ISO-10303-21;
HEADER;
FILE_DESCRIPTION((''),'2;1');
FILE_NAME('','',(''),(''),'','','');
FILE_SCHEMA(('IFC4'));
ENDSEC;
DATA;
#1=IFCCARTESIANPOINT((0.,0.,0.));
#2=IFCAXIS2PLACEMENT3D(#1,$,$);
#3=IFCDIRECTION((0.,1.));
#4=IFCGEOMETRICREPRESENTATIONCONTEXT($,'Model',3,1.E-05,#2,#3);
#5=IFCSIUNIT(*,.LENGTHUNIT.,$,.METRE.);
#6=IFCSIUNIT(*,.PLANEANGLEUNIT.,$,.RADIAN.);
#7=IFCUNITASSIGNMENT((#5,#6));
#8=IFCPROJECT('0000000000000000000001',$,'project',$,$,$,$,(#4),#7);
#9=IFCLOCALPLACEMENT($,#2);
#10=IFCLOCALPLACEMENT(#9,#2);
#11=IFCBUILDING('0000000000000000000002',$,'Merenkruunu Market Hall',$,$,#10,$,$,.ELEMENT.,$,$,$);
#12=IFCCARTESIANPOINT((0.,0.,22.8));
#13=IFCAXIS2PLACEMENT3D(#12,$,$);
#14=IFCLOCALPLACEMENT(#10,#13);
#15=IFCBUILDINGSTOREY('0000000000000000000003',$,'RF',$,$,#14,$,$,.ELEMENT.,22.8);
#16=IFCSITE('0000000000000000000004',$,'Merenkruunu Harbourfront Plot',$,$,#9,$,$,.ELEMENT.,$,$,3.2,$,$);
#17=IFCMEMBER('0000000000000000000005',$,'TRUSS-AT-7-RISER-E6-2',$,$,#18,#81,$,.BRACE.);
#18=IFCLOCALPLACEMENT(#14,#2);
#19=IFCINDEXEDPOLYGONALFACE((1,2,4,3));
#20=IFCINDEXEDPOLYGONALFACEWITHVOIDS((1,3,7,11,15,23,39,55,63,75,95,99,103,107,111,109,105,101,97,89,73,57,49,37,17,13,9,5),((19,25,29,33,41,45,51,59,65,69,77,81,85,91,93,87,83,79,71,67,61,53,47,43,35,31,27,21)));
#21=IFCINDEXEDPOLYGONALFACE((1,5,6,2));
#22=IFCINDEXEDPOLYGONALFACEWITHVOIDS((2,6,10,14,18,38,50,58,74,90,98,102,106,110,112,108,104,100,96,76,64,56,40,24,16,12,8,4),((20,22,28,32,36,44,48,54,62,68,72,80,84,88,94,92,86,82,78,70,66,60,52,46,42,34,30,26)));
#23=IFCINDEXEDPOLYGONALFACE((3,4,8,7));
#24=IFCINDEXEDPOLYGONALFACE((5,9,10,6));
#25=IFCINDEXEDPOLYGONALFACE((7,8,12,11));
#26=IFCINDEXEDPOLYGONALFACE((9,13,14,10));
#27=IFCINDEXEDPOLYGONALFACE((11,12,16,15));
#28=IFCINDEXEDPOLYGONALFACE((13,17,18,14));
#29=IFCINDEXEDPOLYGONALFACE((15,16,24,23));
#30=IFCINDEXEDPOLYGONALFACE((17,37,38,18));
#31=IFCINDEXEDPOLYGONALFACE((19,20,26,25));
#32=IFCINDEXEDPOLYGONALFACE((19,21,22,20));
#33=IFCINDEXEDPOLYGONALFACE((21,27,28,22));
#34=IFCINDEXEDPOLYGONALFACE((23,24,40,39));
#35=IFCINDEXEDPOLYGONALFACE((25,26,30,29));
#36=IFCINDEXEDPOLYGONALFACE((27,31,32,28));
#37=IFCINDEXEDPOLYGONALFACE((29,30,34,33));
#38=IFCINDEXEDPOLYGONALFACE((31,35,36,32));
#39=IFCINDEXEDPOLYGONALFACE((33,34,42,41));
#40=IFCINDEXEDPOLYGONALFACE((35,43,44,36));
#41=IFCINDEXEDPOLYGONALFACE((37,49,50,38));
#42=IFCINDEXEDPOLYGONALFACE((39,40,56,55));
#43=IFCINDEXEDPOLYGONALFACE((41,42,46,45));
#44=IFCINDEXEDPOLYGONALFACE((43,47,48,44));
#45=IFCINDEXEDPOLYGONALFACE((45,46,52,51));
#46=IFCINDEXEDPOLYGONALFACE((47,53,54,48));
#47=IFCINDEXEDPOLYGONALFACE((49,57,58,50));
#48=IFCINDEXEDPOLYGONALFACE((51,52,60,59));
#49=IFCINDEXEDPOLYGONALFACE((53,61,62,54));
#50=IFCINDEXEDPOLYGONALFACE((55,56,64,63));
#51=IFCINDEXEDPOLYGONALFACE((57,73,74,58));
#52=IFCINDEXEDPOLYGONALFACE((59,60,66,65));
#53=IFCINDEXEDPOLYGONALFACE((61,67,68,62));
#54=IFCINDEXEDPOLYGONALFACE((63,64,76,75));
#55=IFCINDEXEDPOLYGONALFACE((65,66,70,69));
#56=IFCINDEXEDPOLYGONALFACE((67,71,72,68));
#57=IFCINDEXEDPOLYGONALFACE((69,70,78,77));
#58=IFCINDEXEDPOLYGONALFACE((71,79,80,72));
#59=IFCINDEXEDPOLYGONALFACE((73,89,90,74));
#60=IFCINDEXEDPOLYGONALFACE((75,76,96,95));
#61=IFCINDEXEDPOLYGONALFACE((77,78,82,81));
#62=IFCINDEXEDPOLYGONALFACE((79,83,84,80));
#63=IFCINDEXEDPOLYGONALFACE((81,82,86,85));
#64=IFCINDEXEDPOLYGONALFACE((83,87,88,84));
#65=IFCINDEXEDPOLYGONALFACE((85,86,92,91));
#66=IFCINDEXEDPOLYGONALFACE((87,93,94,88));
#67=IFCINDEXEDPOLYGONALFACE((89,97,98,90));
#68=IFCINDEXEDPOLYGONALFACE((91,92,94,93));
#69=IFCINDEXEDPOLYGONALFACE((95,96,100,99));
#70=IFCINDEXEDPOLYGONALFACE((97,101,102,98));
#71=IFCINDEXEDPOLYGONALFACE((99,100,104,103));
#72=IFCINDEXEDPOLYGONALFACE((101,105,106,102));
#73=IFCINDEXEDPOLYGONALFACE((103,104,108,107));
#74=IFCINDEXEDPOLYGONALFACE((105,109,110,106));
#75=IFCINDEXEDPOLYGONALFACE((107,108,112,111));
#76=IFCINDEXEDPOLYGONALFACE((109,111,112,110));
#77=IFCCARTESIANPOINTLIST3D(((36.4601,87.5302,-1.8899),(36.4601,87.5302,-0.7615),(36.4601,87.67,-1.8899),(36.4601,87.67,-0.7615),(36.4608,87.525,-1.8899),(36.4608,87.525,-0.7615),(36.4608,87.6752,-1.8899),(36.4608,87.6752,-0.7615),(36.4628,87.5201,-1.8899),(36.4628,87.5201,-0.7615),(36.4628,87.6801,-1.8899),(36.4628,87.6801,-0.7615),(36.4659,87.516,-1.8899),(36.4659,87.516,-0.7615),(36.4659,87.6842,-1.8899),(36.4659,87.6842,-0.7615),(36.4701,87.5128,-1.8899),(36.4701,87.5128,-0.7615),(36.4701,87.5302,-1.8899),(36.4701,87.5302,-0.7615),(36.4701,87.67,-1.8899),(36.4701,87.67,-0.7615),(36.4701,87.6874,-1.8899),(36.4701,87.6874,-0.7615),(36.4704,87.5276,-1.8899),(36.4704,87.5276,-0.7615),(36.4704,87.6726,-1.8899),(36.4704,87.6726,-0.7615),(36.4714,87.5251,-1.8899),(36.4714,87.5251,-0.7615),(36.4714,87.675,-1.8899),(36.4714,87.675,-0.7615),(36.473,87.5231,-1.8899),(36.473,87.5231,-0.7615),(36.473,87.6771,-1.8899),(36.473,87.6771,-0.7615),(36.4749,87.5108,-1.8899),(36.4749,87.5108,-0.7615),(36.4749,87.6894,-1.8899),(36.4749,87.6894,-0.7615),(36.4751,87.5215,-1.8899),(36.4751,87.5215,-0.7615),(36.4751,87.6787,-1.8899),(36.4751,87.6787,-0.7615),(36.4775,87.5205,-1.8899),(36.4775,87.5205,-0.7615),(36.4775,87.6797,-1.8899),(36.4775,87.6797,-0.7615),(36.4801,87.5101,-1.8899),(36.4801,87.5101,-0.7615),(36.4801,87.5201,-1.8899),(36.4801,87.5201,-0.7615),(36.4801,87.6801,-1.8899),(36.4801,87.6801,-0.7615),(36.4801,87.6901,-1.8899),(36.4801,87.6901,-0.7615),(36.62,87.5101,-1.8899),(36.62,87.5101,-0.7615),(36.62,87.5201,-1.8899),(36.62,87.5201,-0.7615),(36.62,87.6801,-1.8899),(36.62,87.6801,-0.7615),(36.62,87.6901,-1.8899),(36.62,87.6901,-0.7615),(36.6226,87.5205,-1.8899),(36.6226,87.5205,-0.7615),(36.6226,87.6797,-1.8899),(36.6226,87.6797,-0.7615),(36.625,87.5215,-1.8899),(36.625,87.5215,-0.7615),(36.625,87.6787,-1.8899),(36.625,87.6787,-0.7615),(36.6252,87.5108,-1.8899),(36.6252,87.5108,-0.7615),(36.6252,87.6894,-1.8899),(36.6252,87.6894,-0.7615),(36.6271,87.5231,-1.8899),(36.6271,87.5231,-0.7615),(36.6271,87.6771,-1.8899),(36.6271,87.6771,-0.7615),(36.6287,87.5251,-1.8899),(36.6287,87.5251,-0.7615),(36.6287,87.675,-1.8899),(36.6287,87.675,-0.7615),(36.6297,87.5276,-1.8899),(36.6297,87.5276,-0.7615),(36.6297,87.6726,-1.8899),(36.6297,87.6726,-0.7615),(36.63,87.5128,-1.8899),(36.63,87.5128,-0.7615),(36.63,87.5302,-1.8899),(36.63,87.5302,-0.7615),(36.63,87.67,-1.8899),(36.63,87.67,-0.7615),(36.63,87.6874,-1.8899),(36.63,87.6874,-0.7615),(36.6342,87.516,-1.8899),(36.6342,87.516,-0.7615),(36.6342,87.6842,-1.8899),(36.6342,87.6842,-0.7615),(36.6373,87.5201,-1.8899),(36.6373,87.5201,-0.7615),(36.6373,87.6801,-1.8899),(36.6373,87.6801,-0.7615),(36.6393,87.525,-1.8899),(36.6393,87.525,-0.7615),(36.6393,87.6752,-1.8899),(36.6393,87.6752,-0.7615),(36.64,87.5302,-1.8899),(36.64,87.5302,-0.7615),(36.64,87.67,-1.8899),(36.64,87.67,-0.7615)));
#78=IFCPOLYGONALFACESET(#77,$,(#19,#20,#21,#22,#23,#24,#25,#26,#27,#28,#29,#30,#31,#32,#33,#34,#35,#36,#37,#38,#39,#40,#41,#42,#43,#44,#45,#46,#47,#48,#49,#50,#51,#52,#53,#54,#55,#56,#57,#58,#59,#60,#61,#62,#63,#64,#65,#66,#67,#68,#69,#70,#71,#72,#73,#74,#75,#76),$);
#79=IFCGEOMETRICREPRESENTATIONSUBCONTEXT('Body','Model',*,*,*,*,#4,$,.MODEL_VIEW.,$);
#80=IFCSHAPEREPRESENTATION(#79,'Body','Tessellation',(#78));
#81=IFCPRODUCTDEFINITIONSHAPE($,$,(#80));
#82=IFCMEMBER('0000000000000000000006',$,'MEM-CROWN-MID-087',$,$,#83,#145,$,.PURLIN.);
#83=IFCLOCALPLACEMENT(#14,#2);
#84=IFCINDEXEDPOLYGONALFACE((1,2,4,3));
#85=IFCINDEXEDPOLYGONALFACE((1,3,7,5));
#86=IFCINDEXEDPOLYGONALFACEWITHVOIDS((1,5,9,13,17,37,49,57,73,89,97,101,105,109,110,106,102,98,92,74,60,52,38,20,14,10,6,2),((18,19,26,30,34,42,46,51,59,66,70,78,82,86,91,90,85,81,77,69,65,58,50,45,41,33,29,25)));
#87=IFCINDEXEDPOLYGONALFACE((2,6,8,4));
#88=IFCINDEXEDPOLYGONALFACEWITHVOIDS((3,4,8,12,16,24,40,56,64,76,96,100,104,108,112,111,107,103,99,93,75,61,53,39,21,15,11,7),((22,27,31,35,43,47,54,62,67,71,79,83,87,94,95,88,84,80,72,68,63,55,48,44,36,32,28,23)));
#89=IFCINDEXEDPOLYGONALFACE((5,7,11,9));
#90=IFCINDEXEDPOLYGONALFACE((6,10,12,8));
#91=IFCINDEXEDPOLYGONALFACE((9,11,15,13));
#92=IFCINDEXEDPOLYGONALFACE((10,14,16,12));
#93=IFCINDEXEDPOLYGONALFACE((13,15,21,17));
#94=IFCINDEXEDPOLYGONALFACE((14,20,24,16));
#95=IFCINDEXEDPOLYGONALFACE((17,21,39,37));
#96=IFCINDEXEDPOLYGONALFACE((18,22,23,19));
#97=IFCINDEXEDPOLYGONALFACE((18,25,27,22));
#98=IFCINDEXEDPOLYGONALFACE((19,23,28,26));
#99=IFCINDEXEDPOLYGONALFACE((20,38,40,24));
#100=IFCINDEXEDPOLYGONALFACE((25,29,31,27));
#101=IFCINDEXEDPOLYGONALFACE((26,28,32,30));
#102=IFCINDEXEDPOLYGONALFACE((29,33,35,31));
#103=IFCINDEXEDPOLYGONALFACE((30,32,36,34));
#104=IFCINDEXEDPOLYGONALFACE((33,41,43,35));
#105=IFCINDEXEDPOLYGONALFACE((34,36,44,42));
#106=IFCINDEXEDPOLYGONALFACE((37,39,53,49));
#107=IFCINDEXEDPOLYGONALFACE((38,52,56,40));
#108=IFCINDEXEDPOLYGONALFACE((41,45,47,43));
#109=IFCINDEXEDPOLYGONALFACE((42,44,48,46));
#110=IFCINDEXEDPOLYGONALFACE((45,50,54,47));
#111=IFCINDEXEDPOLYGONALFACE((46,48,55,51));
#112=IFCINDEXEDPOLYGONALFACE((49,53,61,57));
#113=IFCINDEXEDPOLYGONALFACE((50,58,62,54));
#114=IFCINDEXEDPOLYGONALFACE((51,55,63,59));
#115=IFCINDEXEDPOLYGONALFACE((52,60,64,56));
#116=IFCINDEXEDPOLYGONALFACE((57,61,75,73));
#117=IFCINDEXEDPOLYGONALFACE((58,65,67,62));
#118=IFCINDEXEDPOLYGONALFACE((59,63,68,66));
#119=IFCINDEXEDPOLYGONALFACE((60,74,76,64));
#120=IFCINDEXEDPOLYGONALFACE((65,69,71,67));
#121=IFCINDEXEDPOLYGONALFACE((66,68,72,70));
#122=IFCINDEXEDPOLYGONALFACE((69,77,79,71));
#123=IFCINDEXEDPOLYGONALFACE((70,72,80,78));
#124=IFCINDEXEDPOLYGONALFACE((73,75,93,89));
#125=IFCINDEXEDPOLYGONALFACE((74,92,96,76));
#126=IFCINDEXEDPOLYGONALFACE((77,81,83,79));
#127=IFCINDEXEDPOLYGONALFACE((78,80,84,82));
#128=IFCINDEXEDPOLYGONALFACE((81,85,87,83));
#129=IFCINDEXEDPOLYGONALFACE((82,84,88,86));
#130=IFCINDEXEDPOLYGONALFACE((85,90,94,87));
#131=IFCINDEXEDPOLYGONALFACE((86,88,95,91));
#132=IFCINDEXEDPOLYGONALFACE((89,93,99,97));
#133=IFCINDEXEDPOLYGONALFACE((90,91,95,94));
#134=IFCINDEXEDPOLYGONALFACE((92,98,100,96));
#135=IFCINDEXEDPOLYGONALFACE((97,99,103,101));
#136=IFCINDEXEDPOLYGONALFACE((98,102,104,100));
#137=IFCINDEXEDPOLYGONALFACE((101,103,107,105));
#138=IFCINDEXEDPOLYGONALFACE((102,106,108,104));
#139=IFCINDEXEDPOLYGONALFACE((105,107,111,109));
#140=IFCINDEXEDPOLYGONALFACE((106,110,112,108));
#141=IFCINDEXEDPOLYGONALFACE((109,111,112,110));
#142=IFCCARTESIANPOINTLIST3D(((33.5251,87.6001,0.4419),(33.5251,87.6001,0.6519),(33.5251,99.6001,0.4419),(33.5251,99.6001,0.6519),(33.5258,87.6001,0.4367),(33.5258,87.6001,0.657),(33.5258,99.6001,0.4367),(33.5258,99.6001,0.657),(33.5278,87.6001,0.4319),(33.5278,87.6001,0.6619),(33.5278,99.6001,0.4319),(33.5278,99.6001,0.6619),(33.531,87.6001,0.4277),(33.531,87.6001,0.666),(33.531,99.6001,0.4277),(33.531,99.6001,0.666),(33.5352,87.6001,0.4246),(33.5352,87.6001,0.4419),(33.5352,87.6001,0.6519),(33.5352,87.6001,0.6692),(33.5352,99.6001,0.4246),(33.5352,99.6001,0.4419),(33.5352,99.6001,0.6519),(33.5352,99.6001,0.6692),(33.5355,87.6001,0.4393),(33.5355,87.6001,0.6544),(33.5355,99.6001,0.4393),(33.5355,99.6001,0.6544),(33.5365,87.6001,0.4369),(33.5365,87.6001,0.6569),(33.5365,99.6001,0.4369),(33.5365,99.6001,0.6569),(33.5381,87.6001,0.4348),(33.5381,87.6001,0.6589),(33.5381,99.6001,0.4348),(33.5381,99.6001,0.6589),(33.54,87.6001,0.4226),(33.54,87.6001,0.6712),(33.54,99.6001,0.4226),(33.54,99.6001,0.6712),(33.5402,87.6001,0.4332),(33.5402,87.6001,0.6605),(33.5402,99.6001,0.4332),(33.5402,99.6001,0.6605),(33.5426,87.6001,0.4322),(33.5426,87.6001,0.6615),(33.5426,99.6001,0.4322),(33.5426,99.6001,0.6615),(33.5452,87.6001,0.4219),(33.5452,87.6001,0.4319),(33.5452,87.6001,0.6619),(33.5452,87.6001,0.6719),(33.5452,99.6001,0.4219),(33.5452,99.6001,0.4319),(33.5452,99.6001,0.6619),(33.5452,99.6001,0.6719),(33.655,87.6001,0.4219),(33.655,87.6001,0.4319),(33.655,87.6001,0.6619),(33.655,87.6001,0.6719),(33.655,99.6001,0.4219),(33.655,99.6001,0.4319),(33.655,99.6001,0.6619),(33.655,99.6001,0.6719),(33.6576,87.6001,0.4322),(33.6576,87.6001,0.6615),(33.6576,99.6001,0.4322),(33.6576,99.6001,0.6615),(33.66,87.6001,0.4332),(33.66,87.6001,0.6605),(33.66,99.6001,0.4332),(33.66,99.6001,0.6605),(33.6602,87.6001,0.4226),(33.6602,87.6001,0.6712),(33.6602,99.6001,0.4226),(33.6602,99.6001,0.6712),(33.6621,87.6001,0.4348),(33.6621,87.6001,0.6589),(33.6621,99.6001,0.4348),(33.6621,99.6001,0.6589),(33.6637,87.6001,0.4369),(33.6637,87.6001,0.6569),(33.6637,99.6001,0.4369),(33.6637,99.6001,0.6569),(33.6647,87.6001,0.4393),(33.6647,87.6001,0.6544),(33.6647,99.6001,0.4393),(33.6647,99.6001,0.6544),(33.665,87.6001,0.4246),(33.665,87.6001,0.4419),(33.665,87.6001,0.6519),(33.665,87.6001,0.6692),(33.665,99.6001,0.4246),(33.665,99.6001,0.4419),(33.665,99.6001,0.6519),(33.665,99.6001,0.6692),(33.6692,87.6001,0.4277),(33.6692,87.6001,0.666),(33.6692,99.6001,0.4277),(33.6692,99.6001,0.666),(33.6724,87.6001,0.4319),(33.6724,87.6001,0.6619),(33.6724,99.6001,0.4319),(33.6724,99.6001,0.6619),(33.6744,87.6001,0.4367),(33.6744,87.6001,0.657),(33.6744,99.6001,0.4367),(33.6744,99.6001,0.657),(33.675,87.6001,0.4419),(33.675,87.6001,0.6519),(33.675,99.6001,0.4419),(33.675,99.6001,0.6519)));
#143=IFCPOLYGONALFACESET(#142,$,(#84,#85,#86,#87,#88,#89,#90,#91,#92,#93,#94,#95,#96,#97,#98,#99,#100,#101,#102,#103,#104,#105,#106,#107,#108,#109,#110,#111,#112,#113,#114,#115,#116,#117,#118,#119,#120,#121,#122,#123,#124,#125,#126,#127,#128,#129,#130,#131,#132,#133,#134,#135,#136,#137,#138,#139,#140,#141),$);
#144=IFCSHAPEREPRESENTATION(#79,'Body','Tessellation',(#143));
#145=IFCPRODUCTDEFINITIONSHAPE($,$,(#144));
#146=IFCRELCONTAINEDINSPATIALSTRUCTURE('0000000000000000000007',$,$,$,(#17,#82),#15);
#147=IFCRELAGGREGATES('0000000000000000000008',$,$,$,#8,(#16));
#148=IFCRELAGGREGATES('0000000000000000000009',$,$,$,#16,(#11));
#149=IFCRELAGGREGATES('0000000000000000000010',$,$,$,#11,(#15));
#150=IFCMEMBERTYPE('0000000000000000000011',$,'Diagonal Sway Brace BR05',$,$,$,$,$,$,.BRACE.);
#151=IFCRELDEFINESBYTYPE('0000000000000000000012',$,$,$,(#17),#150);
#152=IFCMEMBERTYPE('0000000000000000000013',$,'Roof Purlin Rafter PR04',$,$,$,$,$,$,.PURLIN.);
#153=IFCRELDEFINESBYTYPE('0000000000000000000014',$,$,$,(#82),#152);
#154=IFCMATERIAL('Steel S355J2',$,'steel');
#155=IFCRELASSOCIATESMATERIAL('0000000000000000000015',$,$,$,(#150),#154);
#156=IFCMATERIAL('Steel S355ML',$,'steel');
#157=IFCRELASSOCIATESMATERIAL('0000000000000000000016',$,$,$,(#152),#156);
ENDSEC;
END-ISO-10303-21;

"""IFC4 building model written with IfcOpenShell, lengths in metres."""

from ifc_helpers import new_model, si_unit, direction, frame, origin, origin_2d, place, context, subcontext, project, spatial, hollow_rectangle, extrude, material, material_profile, profile_set, type_object, element, save


model = new_model("IFC4")

# Units and contexts
model_context = context("Model", 3, precision=1e-05, world=origin(), true_north=direction((0.0, 1.0)))
body_context = subcontext(model_context, "Body", "Model", "MODEL_VIEW")
ifc_project = project(units=[si_unit("LENGTHUNIT", "METRE"), si_unit("PLANEANGLEUNIT", "RADIAN")], contexts=[model_context])

# Site, building, storey
site_placement = place(None, origin())
site = spatial("IfcSite", under=ifc_project, at=site_placement, Name="Merenkruunu Harbourfront Plot", CompositionType="ELEMENT", RefElevation=3.2)
building_placement = place(site_placement, origin())
building = spatial("IfcBuilding", under=site, at=building_placement, Name="Merenkruunu Market Hall", CompositionType="ELEMENT")
storey_placement = place(building_placement, frame((0.0, 0.0, 22.8)))
storey = spatial("IfcBuildingStorey", under=building, at=storey_placement, Name="RF", CompositionType="ELEMENT", Elevation=22.8)

# Members
ifc_material_1 = material(Name="Steel S355ML", Category="steel")
ifc_material_2 = material(Name="Steel S355J2", Category="steel")
ifc_material_profile_1 = material_profile(ifc_material_2, hollow_rectangle(XDim=0.1799, YDim=0.1799, WallThickness=0.01, InnerFilletRadius=0.01, OuterFilletRadius=0.02, at=origin_2d()), Name="SHS 180x180x10")
ifc_profile_set_1 = profile_set([ifc_material_profile_1], Name="Steel S355J2")
member_type_1 = type_object("IfcMemberType", Name="Diagonal Sway Brace BR05", PredefinedType="BRACE", material=ifc_profile_set_1)
member_1_placement = place(storey_placement, frame((36.55, 87.6001, -1.8899), z_axis=(0.0, 0.0, 1.0), x_axis=(1.0, 0.0, 0.0)))
element("IfcMember", 1, at=member_1_placement, inside=storey, type_object=member_type_1, Name="TRUSS-AT-7-RISER-E6-2", PredefinedType="BRACE", context=body_context, shape_type="SweptSolid", body=[
    extrude(hollow_rectangle(XDim=0.1799, YDim=0.1799, WallThickness=0.01, InnerFilletRadius=0.01, OuterFilletRadius=0.02, at=origin_2d()), origin(), (0.0, 0.0, 1.0), 1.1284),
])
ifc_material_profile_2 = material_profile(ifc_material_1, hollow_rectangle(XDim=0.1499, YDim=0.25, WallThickness=0.01, InnerFilletRadius=0.01, OuterFilletRadius=0.02, at=origin_2d()), Name="RHS 250x150x10")
ifc_profile_set_2 = profile_set([ifc_material_profile_2], Name="Steel S355ML")
member_type_2 = type_object("IfcMemberType", Name="Roof Purlin Rafter PR04", PredefinedType="PURLIN", material=ifc_profile_set_2)
member_2_placement = place(storey_placement, frame((33.6001, 87.6001, 0.5469), z_axis=(0.0, 1.0, 0.0), x_axis=(-1.0, 0.0, 0.0)))
element("IfcMember", 2, at=member_2_placement, inside=storey, type_object=member_type_2, Name="MEM-CROWN-MID-087", PredefinedType="PURLIN", context=body_context, shape_type="SweptSolid", body=[
    extrude(hollow_rectangle(XDim=0.1499, YDim=0.25, WallThickness=0.01, InnerFilletRadius=0.01, OuterFilletRadius=0.02, at=origin_2d()), origin(), (0.0, 0.0, 1.0), 12.0),
])

save(model, "model.ifc")
